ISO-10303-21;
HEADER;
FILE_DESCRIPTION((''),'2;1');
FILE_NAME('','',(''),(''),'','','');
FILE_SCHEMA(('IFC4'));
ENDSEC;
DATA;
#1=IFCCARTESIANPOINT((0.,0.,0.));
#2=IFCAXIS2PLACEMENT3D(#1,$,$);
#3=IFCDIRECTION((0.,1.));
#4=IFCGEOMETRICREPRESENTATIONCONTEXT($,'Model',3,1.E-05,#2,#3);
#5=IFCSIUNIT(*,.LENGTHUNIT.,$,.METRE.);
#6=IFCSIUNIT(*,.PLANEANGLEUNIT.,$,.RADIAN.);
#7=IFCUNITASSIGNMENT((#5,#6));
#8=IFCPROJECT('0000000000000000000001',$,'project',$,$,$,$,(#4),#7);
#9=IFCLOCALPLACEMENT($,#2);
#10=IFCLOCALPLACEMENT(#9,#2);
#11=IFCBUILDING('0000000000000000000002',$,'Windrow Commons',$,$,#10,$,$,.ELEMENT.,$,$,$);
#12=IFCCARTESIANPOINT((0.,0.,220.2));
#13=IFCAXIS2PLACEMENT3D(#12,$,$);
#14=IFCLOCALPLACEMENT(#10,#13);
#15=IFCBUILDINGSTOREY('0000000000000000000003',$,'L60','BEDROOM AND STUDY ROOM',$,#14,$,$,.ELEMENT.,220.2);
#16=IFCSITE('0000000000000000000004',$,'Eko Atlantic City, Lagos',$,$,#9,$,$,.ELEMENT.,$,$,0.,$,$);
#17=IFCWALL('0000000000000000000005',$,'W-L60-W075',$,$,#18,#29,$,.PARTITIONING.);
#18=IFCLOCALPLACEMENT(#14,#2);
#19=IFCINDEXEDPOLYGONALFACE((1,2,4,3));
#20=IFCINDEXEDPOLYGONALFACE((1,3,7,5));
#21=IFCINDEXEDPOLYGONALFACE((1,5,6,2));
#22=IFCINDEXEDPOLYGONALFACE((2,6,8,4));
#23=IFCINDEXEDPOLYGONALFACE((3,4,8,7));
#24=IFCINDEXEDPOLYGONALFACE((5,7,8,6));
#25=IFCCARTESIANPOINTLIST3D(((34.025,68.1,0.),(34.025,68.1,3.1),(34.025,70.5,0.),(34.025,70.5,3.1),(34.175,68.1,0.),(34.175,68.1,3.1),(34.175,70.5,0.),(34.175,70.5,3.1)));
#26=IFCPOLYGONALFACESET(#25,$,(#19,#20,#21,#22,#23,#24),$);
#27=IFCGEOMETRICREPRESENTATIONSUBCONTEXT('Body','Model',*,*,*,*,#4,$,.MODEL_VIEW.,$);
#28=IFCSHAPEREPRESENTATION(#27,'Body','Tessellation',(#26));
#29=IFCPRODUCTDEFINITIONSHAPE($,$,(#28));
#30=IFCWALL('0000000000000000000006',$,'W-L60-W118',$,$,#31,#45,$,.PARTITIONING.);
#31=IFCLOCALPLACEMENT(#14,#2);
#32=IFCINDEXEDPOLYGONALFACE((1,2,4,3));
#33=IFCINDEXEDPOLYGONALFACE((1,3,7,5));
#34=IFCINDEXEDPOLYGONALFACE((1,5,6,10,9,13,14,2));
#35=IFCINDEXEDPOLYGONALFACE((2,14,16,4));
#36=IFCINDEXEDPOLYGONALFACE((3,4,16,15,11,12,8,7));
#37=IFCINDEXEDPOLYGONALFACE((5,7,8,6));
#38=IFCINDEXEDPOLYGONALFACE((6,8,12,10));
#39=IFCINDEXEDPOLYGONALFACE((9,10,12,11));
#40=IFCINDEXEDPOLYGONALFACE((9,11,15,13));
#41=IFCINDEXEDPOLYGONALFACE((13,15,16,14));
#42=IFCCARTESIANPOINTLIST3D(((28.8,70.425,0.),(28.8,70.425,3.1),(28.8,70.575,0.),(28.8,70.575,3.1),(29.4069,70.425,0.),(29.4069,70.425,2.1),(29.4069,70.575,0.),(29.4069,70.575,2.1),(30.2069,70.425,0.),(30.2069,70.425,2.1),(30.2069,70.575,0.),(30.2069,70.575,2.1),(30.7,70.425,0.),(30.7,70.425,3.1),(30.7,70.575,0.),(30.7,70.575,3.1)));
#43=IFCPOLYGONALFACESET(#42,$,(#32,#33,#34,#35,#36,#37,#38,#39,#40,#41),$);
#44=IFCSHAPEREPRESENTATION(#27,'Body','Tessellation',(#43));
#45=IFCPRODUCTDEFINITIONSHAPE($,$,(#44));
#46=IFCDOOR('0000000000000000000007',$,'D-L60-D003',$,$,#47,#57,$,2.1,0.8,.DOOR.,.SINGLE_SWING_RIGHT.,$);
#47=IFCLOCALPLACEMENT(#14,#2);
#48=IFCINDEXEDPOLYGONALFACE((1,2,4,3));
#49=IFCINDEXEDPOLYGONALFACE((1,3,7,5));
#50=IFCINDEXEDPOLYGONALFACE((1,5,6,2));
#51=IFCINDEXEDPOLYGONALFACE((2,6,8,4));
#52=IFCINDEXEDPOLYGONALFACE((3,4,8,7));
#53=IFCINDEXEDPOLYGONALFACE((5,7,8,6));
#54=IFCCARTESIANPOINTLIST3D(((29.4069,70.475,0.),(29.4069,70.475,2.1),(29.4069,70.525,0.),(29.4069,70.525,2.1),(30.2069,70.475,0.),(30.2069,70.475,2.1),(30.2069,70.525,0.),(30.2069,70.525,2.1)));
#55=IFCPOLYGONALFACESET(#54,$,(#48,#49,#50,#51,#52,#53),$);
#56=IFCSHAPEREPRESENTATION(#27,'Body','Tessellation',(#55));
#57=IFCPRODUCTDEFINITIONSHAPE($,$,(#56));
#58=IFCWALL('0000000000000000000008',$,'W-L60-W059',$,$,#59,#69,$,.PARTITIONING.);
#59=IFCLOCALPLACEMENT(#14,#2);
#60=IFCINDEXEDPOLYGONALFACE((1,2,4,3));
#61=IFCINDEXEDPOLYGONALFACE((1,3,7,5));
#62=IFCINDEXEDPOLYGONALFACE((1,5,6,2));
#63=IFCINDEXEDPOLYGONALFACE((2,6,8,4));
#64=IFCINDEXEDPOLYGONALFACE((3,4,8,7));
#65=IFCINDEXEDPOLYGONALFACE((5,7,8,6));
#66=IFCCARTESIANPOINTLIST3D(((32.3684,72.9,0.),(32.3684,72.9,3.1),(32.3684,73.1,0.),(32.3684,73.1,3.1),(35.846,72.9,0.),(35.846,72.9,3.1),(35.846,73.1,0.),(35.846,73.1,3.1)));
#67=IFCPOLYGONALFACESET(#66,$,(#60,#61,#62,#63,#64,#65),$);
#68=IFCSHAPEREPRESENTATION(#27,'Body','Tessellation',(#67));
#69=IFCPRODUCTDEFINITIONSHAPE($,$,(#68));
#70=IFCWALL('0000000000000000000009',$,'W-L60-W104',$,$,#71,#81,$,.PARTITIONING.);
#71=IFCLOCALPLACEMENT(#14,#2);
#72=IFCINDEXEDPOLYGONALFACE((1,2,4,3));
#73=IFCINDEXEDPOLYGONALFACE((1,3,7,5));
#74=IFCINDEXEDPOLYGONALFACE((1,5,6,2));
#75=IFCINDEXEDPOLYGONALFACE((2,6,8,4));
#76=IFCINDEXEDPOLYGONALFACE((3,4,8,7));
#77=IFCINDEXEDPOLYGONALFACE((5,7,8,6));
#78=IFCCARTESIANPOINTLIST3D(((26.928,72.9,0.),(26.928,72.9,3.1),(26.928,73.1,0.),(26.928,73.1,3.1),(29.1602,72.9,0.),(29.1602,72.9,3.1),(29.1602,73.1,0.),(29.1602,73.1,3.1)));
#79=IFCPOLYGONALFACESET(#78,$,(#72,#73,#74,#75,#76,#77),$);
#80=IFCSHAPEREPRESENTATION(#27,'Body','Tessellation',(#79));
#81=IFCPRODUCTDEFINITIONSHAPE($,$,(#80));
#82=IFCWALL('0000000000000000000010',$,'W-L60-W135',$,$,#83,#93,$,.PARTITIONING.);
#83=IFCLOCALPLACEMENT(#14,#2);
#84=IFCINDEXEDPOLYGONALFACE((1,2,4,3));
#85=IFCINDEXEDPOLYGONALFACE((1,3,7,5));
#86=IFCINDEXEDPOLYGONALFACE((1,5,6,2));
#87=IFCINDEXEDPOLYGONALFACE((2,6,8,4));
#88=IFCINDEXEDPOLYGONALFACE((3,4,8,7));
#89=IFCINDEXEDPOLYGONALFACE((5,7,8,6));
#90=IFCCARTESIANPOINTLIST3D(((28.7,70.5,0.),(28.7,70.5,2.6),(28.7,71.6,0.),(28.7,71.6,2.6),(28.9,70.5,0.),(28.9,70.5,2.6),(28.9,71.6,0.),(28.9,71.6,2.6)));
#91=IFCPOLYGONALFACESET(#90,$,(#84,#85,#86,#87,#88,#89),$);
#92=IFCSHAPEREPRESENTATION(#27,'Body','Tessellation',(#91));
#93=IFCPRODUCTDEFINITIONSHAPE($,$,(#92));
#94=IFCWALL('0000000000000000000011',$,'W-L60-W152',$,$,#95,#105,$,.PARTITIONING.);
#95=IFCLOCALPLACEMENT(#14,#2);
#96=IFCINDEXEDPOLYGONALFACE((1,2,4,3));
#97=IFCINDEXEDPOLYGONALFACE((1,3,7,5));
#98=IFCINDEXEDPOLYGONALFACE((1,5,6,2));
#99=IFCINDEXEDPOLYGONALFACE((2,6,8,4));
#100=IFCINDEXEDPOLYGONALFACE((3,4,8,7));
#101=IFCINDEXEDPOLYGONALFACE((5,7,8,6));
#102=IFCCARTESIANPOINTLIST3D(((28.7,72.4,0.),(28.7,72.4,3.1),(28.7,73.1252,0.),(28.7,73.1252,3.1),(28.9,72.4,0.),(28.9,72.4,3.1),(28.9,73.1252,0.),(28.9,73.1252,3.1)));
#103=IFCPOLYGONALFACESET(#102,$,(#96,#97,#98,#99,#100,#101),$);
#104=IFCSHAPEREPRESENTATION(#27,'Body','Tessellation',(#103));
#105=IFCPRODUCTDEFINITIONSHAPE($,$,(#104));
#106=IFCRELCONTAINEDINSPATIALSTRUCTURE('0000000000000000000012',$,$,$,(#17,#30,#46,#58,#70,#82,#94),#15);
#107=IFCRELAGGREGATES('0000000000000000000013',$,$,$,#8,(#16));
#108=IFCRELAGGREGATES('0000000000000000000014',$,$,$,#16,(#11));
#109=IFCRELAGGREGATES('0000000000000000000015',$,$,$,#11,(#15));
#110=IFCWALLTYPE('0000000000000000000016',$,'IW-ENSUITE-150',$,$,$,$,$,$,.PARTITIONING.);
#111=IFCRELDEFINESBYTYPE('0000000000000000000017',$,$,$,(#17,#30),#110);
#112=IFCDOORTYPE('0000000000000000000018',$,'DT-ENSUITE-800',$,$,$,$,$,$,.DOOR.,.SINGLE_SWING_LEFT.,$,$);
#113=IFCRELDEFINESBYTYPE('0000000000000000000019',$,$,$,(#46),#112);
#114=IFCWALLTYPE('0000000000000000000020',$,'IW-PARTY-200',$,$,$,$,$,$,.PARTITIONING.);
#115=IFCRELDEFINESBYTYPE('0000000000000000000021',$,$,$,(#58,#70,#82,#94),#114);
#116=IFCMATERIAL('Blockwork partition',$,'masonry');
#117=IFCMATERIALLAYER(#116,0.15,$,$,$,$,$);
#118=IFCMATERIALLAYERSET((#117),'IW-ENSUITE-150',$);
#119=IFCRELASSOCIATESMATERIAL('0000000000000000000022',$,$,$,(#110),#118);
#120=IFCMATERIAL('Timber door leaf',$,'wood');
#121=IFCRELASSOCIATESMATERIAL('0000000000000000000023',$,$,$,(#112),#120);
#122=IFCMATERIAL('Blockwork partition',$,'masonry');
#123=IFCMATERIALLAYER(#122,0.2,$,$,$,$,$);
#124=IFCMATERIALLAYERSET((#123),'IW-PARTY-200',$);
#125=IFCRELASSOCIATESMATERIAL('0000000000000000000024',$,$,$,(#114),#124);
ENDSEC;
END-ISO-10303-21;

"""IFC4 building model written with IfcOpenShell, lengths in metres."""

from ifc_helpers import new_model, si_unit, direction, frame, frame_2d, origin, place, context, subcontext, project, spatial, rectangle, extrude, material, layer, layer_set, type_object, element, fill, save


model = new_model("IFC4")

# Units and contexts
model_context = context("Model", 3, precision=1e-05, world=origin(), true_north=direction((0.0, 1.0)))
body_context = subcontext(model_context, "Body", "Model", "MODEL_VIEW")
ifc_project = project(units=[si_unit("LENGTHUNIT", "METRE"), si_unit("PLANEANGLEUNIT", "RADIAN")], contexts=[model_context])

# Site, building, storey
site_placement = place(None, origin())
site = spatial("IfcSite", under=ifc_project, at=site_placement, Name="Eko Atlantic City, Lagos", CompositionType="ELEMENT", RefElevation=0.0)
building_placement = place(site_placement, origin())
building = spatial("IfcBuilding", under=site, at=building_placement, Name="Windrow Commons", CompositionType="ELEMENT")
storey_placement = place(building_placement, frame((0.0, 0.0, 220.2)))
storey = spatial("IfcBuildingStorey", under=building, at=storey_placement, Name="L60", Description="BEDROOM AND STUDY ROOM", CompositionType="ELEMENT", Elevation=220.2)

# Shared definitions
ifc_material_1 = material(Name="Blockwork partition", Category="masonry")
ifc_layer_1 = layer(ifc_material_1, 0.15)
ifc_layer_set_1 = layer_set([ifc_layer_1], Name="IW-ENSUITE-150")
wall_type_1 = type_object("IfcWallType", Name="IW-ENSUITE-150", PredefinedType="PARTITIONING", material=ifc_layer_set_1)
ifc_material_2 = material(Name="Timber door leaf", Category="wood")
door_type = type_object("IfcDoorType", Name="DT-ENSUITE-800", OperationType="SINGLE_SWING_LEFT", PredefinedType="DOOR", material=ifc_material_2)

# Wall
wall_1_placement = place(storey_placement, frame((34.1, 68.1, 0.0), z_axis=(0.0, 0.0, 1.0), x_axis=(0.0, 1.0, 0.0)))
element("IfcWall", 1, at=wall_1_placement, inside=storey, type_object=wall_type_1, Name="W-L60-W075", PredefinedType="PARTITIONING", context=body_context, shape_type="SweptSolid", body=[
    extrude(rectangle(XDim=2.4, YDim=0.15, at=frame_2d((1.2, 0.0))), origin(), (0.0, 0.0, 1.0), 3.1),
])

# Wall, opening, door
wall_2_placement = place(storey_placement, frame((28.8, 70.5, 0.0), z_axis=(0.0, 0.0, 1.0), x_axis=(1.0, 0.0, 0.0)))
wall_2 = element("IfcWall", 2, at=wall_2_placement, inside=storey, type_object=wall_type_1, Name="W-L60-W118", PredefinedType="PARTITIONING", context=body_context, shape_type="SweptSolid", body=[
    extrude(rectangle(XDim=1.9, YDim=0.15, at=frame_2d((0.95, 0.0))), origin(), (0.0, 0.0, 1.0), 3.1),
])
opening_1_placement = place(wall_2_placement, frame((0.6069, 0.0, 0.0)))
opening_1 = element("IfcOpeningElement", 3, at=opening_1_placement, cuts=wall_2, PredefinedType="OPENING", context=body_context, shape_type="SweptSolid", body=[
    extrude(rectangle(XDim=0.8, YDim=2.1, at=frame_2d((0.4, 1.05))), frame((0.0, 0.085, 0.0), z_axis=(0.0, -1.0, 0.0), x_axis=(1.0, 0.0, 0.0)), (0.0, 0.0, 1.0), 0.17),
])
door_1_placement = place(opening_1_placement, origin())
door_1 = element("IfcDoor", 4, at=door_1_placement, inside=storey, type_object=door_type, Name="D-L60-D003", OperationType="SINGLE_SWING_RIGHT", OverallHeight=2.1, OverallWidth=0.8, PredefinedType="DOOR", context=body_context, shape_type="SweptSolid", body=[
    extrude(rectangle(XDim=0.8, YDim=2.1, at=frame_2d((0.4, 1.05))), frame((0.0, 0.025, 0.0), z_axis=(0.0, -1.0, 0.0), x_axis=(1.0, 0.0, 0.0)), (0.0, 0.0, 1.0), 0.05),
])
fill(opening_1, door_1)

# Walls
ifc_material_3 = material(Name="Blockwork partition", Category="masonry")
ifc_layer_2 = layer(ifc_material_3, 0.2)
ifc_layer_set_2 = layer_set([ifc_layer_2], Name="IW-PARTY-200")
wall_type_2 = type_object("IfcWallType", Name="IW-PARTY-200", PredefinedType="PARTITIONING", material=ifc_layer_set_2)
wall_3_placement = place(storey_placement, frame((32.3684, 73.0, 0.0), z_axis=(0.0, 0.0, 1.0), x_axis=(1.0, 0.0, 0.0)))
element("IfcWall", 5, at=wall_3_placement, inside=storey, type_object=wall_type_2, Name="W-L60-W059", PredefinedType="PARTITIONING", context=body_context, shape_type="SweptSolid", body=[
    extrude(rectangle(XDim=3.4776, YDim=0.2, at=frame_2d((1.7388, 0.0))), origin(), (0.0, 0.0, 1.0), 3.1),
])
wall_4_placement = place(storey_placement, frame((26.928, 73.0, 0.0), z_axis=(0.0, 0.0, 1.0), x_axis=(1.0, 0.0, 0.0)))
element("IfcWall", 6, at=wall_4_placement, inside=storey, type_object=wall_type_2, Name="W-L60-W104", PredefinedType="PARTITIONING", context=body_context, shape_type="SweptSolid", body=[
    extrude(rectangle(XDim=2.2322, YDim=0.2, at=frame_2d((1.1161, 0.0))), origin(), (0.0, 0.0, 1.0), 3.1),
])
wall_5_placement = place(storey_placement, frame((28.8, 70.5, 0.0), z_axis=(0.0, 0.0, 1.0), x_axis=(0.0, 1.0, 0.0)))
element("IfcWall", 7, at=wall_5_placement, inside=storey, type_object=wall_type_2, Name="W-L60-W135", PredefinedType="PARTITIONING", context=body_context, shape_type="SweptSolid", body=[
    extrude(rectangle(XDim=1.1, YDim=0.2, at=frame_2d((0.55, 0.0))), origin(), (0.0, 0.0, 1.0), 2.6),
])
wall_6_placement = place(storey_placement, frame((28.8, 72.4, 0.0), z_axis=(0.0, 0.0, 1.0), x_axis=(0.0, 1.0, 0.0)))
element("IfcWall", 8, at=wall_6_placement, inside=storey, type_object=wall_type_2, Name="W-L60-W152", PredefinedType="PARTITIONING", context=body_context, shape_type="SweptSolid", body=[
    extrude(rectangle(XDim=0.7252, YDim=0.2, at=frame_2d((0.3626, 0.0))), origin(), (0.0, 0.0, 1.0), 3.1),
])

save(model, "model.ifc")
